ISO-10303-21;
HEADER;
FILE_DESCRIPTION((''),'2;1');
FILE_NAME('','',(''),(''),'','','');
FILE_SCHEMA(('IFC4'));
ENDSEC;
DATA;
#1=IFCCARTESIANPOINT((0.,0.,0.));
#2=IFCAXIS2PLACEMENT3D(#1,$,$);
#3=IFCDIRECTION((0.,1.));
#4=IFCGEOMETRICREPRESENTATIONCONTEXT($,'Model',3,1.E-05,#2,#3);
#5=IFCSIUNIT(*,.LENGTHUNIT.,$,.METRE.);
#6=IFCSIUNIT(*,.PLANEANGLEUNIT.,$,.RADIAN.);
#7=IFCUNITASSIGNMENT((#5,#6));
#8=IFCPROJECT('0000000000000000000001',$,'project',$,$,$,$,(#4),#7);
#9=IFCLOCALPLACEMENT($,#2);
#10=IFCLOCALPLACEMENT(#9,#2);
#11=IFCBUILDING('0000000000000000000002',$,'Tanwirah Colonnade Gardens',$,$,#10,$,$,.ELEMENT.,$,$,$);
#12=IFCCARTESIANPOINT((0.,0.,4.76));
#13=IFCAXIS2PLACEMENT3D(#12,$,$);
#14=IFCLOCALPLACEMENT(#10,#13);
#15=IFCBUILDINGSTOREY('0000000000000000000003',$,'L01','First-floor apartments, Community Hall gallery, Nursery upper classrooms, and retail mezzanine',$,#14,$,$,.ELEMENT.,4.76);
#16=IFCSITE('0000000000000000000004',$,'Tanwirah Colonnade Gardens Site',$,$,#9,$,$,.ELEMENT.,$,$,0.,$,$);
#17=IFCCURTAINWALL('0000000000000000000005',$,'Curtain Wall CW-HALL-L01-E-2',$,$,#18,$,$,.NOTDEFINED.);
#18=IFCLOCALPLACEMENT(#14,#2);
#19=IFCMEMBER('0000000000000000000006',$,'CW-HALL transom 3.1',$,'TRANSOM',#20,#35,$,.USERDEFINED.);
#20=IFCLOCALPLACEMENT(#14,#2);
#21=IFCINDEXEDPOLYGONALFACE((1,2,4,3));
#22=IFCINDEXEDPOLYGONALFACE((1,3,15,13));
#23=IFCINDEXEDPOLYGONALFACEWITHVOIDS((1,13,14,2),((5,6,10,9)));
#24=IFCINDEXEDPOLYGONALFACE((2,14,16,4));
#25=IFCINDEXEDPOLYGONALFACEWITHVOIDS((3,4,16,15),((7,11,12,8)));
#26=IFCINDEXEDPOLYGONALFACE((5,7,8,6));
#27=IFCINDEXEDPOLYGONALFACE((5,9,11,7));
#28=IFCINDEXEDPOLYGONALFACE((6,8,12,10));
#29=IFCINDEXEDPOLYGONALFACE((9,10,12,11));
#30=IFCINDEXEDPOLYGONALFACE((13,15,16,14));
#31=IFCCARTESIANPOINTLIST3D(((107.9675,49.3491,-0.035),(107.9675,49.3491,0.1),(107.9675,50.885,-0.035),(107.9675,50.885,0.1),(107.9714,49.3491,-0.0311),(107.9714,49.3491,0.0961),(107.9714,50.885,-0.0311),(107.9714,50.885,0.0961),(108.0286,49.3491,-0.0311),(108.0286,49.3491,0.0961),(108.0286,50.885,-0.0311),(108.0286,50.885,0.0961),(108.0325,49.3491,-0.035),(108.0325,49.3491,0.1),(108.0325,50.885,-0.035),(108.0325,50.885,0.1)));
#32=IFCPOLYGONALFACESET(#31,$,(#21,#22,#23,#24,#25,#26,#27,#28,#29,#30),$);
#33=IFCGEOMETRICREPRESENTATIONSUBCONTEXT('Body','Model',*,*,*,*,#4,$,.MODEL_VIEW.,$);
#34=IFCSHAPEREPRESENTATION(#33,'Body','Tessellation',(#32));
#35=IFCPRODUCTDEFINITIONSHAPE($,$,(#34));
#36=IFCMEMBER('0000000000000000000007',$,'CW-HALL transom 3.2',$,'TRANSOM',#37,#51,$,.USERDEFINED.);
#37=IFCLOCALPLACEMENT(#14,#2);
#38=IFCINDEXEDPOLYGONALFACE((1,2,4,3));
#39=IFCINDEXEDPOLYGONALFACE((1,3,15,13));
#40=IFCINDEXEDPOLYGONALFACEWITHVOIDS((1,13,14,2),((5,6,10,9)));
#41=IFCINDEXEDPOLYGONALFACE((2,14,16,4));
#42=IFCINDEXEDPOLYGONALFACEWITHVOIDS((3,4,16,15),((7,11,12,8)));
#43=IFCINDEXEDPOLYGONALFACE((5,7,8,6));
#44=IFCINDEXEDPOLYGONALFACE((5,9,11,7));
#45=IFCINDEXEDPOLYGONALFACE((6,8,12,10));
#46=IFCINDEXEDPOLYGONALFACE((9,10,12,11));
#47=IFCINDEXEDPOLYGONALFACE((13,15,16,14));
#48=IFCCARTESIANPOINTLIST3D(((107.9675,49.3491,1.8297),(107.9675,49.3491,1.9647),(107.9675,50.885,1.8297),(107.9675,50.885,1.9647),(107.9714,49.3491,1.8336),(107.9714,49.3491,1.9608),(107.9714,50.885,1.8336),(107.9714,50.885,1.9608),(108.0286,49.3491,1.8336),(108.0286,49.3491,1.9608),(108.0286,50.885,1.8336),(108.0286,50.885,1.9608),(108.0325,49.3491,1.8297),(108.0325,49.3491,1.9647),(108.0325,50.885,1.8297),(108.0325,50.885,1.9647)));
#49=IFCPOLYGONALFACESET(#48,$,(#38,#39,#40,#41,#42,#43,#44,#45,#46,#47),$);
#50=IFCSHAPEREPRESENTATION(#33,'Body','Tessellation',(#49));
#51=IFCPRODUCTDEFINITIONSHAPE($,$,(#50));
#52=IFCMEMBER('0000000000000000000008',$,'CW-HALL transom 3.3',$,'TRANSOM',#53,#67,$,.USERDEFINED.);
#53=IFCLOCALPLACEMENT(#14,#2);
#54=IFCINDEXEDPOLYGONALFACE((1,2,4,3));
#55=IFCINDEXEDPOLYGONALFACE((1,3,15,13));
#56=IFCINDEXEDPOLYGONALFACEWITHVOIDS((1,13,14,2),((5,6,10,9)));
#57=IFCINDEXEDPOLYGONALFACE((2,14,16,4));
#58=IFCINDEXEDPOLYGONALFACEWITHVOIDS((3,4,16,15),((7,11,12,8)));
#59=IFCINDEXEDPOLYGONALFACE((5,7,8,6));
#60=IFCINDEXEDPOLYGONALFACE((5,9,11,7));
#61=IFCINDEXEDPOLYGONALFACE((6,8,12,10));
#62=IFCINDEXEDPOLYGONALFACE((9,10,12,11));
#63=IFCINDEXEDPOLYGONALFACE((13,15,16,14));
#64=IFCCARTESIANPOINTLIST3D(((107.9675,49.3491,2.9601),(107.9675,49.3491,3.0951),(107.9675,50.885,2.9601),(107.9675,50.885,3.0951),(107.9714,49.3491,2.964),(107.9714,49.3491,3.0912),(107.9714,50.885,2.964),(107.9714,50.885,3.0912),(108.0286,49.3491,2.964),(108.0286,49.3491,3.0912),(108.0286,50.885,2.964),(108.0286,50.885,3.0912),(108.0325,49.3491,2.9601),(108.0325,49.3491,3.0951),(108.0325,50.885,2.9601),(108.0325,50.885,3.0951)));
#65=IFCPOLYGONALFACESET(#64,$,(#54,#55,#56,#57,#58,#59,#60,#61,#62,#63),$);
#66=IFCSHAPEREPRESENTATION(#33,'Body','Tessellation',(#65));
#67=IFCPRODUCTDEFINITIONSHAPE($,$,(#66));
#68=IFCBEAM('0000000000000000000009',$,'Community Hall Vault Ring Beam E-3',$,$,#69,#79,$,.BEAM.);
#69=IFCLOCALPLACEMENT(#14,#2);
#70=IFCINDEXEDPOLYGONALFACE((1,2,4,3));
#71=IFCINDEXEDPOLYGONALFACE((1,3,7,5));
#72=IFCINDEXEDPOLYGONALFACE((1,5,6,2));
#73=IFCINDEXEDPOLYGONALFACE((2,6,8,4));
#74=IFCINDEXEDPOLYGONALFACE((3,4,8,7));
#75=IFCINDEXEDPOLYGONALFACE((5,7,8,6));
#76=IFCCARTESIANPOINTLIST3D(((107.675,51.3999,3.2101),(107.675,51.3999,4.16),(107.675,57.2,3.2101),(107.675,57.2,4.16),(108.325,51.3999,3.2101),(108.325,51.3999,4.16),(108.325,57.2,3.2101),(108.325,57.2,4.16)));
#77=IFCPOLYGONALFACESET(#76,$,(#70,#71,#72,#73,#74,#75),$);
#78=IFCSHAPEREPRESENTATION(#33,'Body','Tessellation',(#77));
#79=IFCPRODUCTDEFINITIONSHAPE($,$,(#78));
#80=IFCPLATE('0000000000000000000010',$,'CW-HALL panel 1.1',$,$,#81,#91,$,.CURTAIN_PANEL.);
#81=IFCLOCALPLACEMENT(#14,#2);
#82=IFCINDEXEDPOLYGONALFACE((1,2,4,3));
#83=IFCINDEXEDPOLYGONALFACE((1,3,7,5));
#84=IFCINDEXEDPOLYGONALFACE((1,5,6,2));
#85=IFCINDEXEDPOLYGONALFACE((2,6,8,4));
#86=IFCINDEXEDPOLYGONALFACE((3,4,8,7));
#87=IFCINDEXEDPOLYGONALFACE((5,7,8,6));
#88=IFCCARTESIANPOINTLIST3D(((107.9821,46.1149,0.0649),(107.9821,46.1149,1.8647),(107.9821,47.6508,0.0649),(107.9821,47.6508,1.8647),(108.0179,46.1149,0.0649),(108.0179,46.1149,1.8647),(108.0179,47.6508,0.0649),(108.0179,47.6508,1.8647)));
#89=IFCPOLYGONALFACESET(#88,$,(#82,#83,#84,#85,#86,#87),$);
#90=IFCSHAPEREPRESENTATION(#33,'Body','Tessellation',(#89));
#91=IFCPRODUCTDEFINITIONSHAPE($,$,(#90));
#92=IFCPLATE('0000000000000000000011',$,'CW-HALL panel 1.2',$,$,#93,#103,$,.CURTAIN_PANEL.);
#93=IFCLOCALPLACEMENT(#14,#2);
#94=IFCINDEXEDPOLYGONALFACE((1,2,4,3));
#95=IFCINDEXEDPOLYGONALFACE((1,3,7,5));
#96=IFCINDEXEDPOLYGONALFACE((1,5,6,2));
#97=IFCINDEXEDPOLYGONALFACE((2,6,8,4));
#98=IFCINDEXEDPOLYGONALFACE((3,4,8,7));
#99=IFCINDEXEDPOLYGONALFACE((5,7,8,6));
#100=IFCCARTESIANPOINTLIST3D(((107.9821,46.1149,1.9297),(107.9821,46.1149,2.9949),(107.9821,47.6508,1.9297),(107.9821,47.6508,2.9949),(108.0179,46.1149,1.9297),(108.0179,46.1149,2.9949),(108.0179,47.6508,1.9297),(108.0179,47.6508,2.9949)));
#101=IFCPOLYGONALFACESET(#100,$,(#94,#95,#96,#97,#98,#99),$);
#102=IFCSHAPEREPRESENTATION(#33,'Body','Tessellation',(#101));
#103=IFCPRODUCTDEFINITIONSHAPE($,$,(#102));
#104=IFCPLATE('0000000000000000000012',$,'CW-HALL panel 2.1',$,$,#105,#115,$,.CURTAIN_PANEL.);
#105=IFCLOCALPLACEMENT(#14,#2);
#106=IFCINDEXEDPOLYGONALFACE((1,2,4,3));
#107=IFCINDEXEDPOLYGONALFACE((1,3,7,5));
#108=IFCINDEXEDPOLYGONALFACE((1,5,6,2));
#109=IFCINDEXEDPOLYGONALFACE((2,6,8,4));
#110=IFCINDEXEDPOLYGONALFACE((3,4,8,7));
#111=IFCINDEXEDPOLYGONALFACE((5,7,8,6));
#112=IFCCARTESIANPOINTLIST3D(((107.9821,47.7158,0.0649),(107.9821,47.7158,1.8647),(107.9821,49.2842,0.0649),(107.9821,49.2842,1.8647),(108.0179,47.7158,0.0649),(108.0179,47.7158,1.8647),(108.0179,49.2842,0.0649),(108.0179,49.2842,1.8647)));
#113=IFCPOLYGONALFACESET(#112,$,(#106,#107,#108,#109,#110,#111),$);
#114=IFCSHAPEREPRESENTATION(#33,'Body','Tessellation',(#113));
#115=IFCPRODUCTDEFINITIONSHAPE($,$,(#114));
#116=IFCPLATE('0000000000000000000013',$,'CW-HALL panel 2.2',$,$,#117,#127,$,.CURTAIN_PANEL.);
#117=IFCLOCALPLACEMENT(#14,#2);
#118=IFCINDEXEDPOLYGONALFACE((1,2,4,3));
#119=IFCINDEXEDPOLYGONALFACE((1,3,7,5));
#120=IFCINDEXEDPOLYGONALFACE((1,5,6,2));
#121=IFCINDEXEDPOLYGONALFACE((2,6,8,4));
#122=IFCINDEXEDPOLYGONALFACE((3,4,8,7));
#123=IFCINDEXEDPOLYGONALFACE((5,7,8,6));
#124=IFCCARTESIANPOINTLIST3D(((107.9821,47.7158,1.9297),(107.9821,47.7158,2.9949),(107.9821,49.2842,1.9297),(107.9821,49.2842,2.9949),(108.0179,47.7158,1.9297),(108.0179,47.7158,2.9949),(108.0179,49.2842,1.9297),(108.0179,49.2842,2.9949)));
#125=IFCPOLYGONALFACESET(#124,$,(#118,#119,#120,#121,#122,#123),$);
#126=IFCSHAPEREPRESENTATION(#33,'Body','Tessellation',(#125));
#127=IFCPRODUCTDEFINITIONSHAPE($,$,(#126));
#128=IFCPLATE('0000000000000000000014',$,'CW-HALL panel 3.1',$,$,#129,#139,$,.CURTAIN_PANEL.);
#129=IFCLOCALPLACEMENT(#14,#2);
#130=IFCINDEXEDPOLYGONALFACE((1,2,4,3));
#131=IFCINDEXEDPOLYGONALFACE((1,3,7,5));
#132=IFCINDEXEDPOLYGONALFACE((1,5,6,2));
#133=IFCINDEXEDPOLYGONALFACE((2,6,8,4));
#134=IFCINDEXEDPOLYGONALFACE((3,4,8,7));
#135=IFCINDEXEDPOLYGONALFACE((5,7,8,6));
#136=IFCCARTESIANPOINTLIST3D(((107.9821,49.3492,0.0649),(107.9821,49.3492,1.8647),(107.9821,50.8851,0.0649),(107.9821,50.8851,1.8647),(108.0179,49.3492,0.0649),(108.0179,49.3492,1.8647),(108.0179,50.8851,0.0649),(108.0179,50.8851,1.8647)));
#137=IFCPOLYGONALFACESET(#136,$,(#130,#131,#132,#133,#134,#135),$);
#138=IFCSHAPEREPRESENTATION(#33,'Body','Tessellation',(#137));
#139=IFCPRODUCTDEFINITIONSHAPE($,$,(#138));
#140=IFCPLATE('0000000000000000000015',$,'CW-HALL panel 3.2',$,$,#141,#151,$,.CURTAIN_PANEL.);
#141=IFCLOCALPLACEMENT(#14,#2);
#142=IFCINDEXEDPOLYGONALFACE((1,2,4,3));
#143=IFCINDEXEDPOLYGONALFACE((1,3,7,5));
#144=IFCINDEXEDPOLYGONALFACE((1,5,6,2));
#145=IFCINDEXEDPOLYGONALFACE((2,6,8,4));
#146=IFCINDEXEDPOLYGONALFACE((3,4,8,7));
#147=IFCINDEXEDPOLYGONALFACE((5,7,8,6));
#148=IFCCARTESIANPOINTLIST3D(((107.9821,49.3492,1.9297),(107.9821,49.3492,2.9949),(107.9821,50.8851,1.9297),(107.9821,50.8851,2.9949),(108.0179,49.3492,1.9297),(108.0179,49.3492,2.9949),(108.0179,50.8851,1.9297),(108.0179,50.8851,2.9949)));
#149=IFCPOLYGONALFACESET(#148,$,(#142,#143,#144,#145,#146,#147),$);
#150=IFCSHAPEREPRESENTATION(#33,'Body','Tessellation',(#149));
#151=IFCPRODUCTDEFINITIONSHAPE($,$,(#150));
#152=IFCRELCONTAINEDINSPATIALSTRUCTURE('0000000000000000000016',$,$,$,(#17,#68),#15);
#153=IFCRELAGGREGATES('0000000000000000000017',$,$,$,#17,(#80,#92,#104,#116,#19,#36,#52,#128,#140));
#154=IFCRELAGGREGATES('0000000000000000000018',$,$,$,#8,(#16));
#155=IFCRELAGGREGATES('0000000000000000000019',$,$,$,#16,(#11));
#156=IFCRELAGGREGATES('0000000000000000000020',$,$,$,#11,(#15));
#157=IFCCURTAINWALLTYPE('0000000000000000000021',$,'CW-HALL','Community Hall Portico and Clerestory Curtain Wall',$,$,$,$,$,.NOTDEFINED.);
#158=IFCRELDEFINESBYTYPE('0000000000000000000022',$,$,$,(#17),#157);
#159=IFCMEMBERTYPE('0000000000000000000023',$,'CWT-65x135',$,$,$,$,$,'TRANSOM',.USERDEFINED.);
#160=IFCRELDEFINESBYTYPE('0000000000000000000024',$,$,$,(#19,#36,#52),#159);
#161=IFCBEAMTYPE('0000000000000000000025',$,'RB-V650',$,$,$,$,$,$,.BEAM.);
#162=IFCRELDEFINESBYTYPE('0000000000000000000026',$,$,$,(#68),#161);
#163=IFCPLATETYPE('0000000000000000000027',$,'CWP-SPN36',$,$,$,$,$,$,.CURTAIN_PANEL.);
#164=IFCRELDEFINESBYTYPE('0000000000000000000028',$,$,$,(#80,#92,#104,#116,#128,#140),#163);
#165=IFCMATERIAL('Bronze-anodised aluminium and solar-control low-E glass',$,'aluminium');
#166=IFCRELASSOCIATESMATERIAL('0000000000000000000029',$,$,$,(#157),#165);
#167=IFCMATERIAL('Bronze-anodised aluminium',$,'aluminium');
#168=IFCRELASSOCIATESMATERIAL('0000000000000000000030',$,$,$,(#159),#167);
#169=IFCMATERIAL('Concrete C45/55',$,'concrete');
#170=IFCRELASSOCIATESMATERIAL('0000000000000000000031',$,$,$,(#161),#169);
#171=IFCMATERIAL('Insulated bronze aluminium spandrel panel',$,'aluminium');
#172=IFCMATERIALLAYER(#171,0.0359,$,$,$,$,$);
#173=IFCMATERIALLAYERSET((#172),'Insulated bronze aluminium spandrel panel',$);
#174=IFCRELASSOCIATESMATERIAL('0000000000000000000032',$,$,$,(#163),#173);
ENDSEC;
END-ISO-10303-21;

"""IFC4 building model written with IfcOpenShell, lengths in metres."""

from ifc_helpers import new_model, si_unit, direction, frame, origin, origin_2d, place, context, subcontext, project, spatial, rectangle, hollow_rectangle, extrude, material, layer, layer_set, material_profile, profile_set, type_object, element, aggregate, save


model = new_model("IFC4")

# Units and contexts
model_context = context("Model", 3, precision=1e-05, world=origin(), true_north=direction((0.0, 1.0)))
body_context = subcontext(model_context, "Body", "Model", "MODEL_VIEW")
ifc_project = project(units=[si_unit("LENGTHUNIT", "METRE"), si_unit("PLANEANGLEUNIT", "RADIAN")], contexts=[model_context])

# Site, building, storey
site_placement = place(None, origin())
site = spatial("IfcSite", under=ifc_project, at=site_placement, Name="Tanwirah Colonnade Gardens Site", CompositionType="ELEMENT", RefElevation=0.0)
building_placement = place(site_placement, origin())
building = spatial("IfcBuilding", under=site, at=building_placement, Name="Tanwirah Colonnade Gardens", CompositionType="ELEMENT")
storey_placement = place(building_placement, frame((0.0, 0.0, 4.76)))
storey = spatial("IfcBuildingStorey", under=building, at=storey_placement, Name="L01", Description="First-floor apartments, Community Hall gallery, Nursery upper classrooms, and retail mezzanine", CompositionType="ELEMENT", Elevation=4.76)

# Shared definitions
ifc_material_1 = material(Name="Concrete C45/55", Category="concrete")

# Curtain wall, members
ifc_material_2 = material(Name="Bronze-anodised aluminium and solar-control low-E glass", Category="aluminium")
curtain_wall_type = type_object("IfcCurtainWallType", Name="CW-HALL", Description="Community Hall Portico and Clerestory Curtain Wall", PredefinedType="NOTDEFINED", material=ifc_material_2)
curtain_wall_placement = place(storey_placement, origin())
curtain_wall = element("IfcCurtainWall", 1, at=curtain_wall_placement, inside=storey, type_object=curtain_wall_type, Name="Curtain Wall CW-HALL-L01-E-2", PredefinedType="NOTDEFINED")
ifc_material_3 = material(Name="Bronze-anodised aluminium", Category="aluminium")
ifc_material_profile_1 = material_profile(ifc_material_3, hollow_rectangle(XDim=0.0649, YDim=0.135, WallThickness=0.0039, at=origin_2d()), Name="CW-TRN 65x135x4")
ifc_profile_set_1 = profile_set([ifc_material_profile_1], Name="Bronze-anodised aluminium")
member_type_1 = type_object("IfcMemberType", Name="CWT-65x135", ElementType="TRANSOM", PredefinedType="USERDEFINED", material=ifc_profile_set_1)
member_1_placement = place(storey_placement, frame((108.0, 49.3491, 0.0325), z_axis=(0.0, 1.0, 0.0), x_axis=(-1.0, 0.0, 0.0)))
member_1 = element("IfcMember", 2, at=member_1_placement, type_object=member_type_1, Name="CW-HALL transom 3.1", ObjectType="TRANSOM", PredefinedType="USERDEFINED", context=body_context, shape_type="SweptSolid", body=[
    extrude(hollow_rectangle(XDim=0.0649, YDim=0.135, WallThickness=0.0039, at=origin_2d()), origin(), (0.0, 0.0, 1.0), 1.5359),
])
member_2_placement = place(storey_placement, frame((108.0, 49.3491, 1.8972), z_axis=(0.0, 1.0, 0.0), x_axis=(-1.0, 0.0, 0.0)))
member_2 = element("IfcMember", 3, at=member_2_placement, type_object=member_type_1, Name="CW-HALL transom 3.2", ObjectType="TRANSOM", PredefinedType="USERDEFINED", context=body_context, shape_type="SweptSolid", body=[
    extrude(hollow_rectangle(XDim=0.0649, YDim=0.135, WallThickness=0.0039, at=origin_2d()), origin(), (0.0, 0.0, 1.0), 1.5359),
])
member_3_placement = place(storey_placement, frame((108.0, 49.3491, 3.0276), z_axis=(0.0, 1.0, 0.0), x_axis=(-1.0, 0.0, 0.0)))
member_3 = element("IfcMember", 4, at=member_3_placement, type_object=member_type_1, Name="CW-HALL transom 3.3", ObjectType="TRANSOM", PredefinedType="USERDEFINED", context=body_context, shape_type="SweptSolid", body=[
    extrude(hollow_rectangle(XDim=0.0649, YDim=0.135, WallThickness=0.0039, at=origin_2d()), origin(), (0.0, 0.0, 1.0), 1.5359),
])

# Beam
ifc_material_profile_2 = material_profile(ifc_material_1, rectangle(XDim=0.6499, YDim=0.95, at=origin_2d()), Name="RC-RB 650x950")
ifc_profile_set_2 = profile_set([ifc_material_profile_2], Name="Concrete C45/55")
beam_type = type_object("IfcBeamType", Name="RB-V650", PredefinedType="BEAM", material=ifc_profile_set_2)
beam_placement = place(storey_placement, frame((108.0, 51.3999, 3.6851), z_axis=(0.0, 1.0, 0.0), x_axis=(-1.0, 0.0, 0.0)))
element("IfcBeam", 5, at=beam_placement, inside=storey, type_object=beam_type, Name="Community Hall Vault Ring Beam E-3", PredefinedType="BEAM", context=body_context, shape_type="SweptSolid", body=[
    extrude(rectangle(XDim=0.6499, YDim=0.95, at=origin_2d()), origin(), (0.0, 0.0, 1.0), 5.8),
])

# Plates
ifc_material_4 = material(Name="Insulated bronze aluminium spandrel panel", Category="aluminium")
ifc_layer = layer(ifc_material_4, 0.0359)
ifc_layer_set = layer_set([ifc_layer], Name="Insulated bronze aluminium spandrel panel")
plate_type = type_object("IfcPlateType", Name="CWP-SPN36", PredefinedType="CURTAIN_PANEL", material=ifc_layer_set)
plate_1_placement = place(storey_placement, frame((108.0, 46.8828, 0.0649), z_axis=(0.0, 0.0, 1.0), x_axis=(0.0, 1.0, 0.0)))
plate_1 = element("IfcPlate", 6, at=plate_1_placement, type_object=plate_type, Name="CW-HALL panel 1.1", PredefinedType="CURTAIN_PANEL", context=body_context, shape_type="SweptSolid", body=[
    extrude(rectangle(XDim=1.5359, YDim=0.0359, at=origin_2d()), origin(), (0.0, 0.0, 1.0), 1.7998),
])
plate_2_placement = place(storey_placement, frame((108.0, 46.8828, 1.9297), z_axis=(0.0, 0.0, 1.0), x_axis=(0.0, 1.0, 0.0)))
plate_2 = element("IfcPlate", 7, at=plate_2_placement, type_object=plate_type, Name="CW-HALL panel 1.2", PredefinedType="CURTAIN_PANEL", context=body_context, shape_type="SweptSolid", body=[
    extrude(rectangle(XDim=1.5359, YDim=0.0359, at=origin_2d()), origin(), (0.0, 0.0, 1.0), 1.0652),
])
plate_3_placement = place(storey_placement, frame((108.0, 48.5, 0.0649), z_axis=(0.0, 0.0, 1.0), x_axis=(0.0, 1.0, 0.0)))
plate_3 = element("IfcPlate", 8, at=plate_3_placement, type_object=plate_type, Name="CW-HALL panel 2.1", PredefinedType="CURTAIN_PANEL", context=body_context, shape_type="SweptSolid", body=[
    extrude(rectangle(XDim=1.5684, YDim=0.0359, at=origin_2d()), origin(), (0.0, 0.0, 1.0), 1.7998),
])
plate_4_placement = place(storey_placement, frame((108.0, 48.5, 1.9297), z_axis=(0.0, 0.0, 1.0), x_axis=(0.0, 1.0, 0.0)))
plate_4 = element("IfcPlate", 9, at=plate_4_placement, type_object=plate_type, Name="CW-HALL panel 2.2", PredefinedType="CURTAIN_PANEL", context=body_context, shape_type="SweptSolid", body=[
    extrude(rectangle(XDim=1.5684, YDim=0.0359, at=origin_2d()), origin(), (0.0, 0.0, 1.0), 1.0652),
])
plate_5_placement = place(storey_placement, frame((108.0, 50.1172, 0.0649), z_axis=(0.0, 0.0, 1.0), x_axis=(0.0, 1.0, 0.0)))
plate_5 = element("IfcPlate", 10, at=plate_5_placement, type_object=plate_type, Name="CW-HALL panel 3.1", PredefinedType="CURTAIN_PANEL", context=body_context, shape_type="SweptSolid", body=[
    extrude(rectangle(XDim=1.5359, YDim=0.0359, at=origin_2d()), origin(), (0.0, 0.0, 1.0), 1.7998),
])
plate_6_placement = place(storey_placement, frame((108.0, 50.1172, 1.9297), z_axis=(0.0, 0.0, 1.0), x_axis=(0.0, 1.0, 0.0)))
plate_6 = element("IfcPlate", 11, at=plate_6_placement, type_object=plate_type, Name="CW-HALL panel 3.2", PredefinedType="CURTAIN_PANEL", context=body_context, shape_type="SweptSolid", body=[
    extrude(rectangle(XDim=1.5359, YDim=0.0359, at=origin_2d()), origin(), (0.0, 0.0, 1.0), 1.0652),
])
aggregate(curtain_wall, [plate_1, plate_2, plate_3, plate_4, member_1, member_2, member_3, plate_5, plate_6])

save(model, "model.ifc")
